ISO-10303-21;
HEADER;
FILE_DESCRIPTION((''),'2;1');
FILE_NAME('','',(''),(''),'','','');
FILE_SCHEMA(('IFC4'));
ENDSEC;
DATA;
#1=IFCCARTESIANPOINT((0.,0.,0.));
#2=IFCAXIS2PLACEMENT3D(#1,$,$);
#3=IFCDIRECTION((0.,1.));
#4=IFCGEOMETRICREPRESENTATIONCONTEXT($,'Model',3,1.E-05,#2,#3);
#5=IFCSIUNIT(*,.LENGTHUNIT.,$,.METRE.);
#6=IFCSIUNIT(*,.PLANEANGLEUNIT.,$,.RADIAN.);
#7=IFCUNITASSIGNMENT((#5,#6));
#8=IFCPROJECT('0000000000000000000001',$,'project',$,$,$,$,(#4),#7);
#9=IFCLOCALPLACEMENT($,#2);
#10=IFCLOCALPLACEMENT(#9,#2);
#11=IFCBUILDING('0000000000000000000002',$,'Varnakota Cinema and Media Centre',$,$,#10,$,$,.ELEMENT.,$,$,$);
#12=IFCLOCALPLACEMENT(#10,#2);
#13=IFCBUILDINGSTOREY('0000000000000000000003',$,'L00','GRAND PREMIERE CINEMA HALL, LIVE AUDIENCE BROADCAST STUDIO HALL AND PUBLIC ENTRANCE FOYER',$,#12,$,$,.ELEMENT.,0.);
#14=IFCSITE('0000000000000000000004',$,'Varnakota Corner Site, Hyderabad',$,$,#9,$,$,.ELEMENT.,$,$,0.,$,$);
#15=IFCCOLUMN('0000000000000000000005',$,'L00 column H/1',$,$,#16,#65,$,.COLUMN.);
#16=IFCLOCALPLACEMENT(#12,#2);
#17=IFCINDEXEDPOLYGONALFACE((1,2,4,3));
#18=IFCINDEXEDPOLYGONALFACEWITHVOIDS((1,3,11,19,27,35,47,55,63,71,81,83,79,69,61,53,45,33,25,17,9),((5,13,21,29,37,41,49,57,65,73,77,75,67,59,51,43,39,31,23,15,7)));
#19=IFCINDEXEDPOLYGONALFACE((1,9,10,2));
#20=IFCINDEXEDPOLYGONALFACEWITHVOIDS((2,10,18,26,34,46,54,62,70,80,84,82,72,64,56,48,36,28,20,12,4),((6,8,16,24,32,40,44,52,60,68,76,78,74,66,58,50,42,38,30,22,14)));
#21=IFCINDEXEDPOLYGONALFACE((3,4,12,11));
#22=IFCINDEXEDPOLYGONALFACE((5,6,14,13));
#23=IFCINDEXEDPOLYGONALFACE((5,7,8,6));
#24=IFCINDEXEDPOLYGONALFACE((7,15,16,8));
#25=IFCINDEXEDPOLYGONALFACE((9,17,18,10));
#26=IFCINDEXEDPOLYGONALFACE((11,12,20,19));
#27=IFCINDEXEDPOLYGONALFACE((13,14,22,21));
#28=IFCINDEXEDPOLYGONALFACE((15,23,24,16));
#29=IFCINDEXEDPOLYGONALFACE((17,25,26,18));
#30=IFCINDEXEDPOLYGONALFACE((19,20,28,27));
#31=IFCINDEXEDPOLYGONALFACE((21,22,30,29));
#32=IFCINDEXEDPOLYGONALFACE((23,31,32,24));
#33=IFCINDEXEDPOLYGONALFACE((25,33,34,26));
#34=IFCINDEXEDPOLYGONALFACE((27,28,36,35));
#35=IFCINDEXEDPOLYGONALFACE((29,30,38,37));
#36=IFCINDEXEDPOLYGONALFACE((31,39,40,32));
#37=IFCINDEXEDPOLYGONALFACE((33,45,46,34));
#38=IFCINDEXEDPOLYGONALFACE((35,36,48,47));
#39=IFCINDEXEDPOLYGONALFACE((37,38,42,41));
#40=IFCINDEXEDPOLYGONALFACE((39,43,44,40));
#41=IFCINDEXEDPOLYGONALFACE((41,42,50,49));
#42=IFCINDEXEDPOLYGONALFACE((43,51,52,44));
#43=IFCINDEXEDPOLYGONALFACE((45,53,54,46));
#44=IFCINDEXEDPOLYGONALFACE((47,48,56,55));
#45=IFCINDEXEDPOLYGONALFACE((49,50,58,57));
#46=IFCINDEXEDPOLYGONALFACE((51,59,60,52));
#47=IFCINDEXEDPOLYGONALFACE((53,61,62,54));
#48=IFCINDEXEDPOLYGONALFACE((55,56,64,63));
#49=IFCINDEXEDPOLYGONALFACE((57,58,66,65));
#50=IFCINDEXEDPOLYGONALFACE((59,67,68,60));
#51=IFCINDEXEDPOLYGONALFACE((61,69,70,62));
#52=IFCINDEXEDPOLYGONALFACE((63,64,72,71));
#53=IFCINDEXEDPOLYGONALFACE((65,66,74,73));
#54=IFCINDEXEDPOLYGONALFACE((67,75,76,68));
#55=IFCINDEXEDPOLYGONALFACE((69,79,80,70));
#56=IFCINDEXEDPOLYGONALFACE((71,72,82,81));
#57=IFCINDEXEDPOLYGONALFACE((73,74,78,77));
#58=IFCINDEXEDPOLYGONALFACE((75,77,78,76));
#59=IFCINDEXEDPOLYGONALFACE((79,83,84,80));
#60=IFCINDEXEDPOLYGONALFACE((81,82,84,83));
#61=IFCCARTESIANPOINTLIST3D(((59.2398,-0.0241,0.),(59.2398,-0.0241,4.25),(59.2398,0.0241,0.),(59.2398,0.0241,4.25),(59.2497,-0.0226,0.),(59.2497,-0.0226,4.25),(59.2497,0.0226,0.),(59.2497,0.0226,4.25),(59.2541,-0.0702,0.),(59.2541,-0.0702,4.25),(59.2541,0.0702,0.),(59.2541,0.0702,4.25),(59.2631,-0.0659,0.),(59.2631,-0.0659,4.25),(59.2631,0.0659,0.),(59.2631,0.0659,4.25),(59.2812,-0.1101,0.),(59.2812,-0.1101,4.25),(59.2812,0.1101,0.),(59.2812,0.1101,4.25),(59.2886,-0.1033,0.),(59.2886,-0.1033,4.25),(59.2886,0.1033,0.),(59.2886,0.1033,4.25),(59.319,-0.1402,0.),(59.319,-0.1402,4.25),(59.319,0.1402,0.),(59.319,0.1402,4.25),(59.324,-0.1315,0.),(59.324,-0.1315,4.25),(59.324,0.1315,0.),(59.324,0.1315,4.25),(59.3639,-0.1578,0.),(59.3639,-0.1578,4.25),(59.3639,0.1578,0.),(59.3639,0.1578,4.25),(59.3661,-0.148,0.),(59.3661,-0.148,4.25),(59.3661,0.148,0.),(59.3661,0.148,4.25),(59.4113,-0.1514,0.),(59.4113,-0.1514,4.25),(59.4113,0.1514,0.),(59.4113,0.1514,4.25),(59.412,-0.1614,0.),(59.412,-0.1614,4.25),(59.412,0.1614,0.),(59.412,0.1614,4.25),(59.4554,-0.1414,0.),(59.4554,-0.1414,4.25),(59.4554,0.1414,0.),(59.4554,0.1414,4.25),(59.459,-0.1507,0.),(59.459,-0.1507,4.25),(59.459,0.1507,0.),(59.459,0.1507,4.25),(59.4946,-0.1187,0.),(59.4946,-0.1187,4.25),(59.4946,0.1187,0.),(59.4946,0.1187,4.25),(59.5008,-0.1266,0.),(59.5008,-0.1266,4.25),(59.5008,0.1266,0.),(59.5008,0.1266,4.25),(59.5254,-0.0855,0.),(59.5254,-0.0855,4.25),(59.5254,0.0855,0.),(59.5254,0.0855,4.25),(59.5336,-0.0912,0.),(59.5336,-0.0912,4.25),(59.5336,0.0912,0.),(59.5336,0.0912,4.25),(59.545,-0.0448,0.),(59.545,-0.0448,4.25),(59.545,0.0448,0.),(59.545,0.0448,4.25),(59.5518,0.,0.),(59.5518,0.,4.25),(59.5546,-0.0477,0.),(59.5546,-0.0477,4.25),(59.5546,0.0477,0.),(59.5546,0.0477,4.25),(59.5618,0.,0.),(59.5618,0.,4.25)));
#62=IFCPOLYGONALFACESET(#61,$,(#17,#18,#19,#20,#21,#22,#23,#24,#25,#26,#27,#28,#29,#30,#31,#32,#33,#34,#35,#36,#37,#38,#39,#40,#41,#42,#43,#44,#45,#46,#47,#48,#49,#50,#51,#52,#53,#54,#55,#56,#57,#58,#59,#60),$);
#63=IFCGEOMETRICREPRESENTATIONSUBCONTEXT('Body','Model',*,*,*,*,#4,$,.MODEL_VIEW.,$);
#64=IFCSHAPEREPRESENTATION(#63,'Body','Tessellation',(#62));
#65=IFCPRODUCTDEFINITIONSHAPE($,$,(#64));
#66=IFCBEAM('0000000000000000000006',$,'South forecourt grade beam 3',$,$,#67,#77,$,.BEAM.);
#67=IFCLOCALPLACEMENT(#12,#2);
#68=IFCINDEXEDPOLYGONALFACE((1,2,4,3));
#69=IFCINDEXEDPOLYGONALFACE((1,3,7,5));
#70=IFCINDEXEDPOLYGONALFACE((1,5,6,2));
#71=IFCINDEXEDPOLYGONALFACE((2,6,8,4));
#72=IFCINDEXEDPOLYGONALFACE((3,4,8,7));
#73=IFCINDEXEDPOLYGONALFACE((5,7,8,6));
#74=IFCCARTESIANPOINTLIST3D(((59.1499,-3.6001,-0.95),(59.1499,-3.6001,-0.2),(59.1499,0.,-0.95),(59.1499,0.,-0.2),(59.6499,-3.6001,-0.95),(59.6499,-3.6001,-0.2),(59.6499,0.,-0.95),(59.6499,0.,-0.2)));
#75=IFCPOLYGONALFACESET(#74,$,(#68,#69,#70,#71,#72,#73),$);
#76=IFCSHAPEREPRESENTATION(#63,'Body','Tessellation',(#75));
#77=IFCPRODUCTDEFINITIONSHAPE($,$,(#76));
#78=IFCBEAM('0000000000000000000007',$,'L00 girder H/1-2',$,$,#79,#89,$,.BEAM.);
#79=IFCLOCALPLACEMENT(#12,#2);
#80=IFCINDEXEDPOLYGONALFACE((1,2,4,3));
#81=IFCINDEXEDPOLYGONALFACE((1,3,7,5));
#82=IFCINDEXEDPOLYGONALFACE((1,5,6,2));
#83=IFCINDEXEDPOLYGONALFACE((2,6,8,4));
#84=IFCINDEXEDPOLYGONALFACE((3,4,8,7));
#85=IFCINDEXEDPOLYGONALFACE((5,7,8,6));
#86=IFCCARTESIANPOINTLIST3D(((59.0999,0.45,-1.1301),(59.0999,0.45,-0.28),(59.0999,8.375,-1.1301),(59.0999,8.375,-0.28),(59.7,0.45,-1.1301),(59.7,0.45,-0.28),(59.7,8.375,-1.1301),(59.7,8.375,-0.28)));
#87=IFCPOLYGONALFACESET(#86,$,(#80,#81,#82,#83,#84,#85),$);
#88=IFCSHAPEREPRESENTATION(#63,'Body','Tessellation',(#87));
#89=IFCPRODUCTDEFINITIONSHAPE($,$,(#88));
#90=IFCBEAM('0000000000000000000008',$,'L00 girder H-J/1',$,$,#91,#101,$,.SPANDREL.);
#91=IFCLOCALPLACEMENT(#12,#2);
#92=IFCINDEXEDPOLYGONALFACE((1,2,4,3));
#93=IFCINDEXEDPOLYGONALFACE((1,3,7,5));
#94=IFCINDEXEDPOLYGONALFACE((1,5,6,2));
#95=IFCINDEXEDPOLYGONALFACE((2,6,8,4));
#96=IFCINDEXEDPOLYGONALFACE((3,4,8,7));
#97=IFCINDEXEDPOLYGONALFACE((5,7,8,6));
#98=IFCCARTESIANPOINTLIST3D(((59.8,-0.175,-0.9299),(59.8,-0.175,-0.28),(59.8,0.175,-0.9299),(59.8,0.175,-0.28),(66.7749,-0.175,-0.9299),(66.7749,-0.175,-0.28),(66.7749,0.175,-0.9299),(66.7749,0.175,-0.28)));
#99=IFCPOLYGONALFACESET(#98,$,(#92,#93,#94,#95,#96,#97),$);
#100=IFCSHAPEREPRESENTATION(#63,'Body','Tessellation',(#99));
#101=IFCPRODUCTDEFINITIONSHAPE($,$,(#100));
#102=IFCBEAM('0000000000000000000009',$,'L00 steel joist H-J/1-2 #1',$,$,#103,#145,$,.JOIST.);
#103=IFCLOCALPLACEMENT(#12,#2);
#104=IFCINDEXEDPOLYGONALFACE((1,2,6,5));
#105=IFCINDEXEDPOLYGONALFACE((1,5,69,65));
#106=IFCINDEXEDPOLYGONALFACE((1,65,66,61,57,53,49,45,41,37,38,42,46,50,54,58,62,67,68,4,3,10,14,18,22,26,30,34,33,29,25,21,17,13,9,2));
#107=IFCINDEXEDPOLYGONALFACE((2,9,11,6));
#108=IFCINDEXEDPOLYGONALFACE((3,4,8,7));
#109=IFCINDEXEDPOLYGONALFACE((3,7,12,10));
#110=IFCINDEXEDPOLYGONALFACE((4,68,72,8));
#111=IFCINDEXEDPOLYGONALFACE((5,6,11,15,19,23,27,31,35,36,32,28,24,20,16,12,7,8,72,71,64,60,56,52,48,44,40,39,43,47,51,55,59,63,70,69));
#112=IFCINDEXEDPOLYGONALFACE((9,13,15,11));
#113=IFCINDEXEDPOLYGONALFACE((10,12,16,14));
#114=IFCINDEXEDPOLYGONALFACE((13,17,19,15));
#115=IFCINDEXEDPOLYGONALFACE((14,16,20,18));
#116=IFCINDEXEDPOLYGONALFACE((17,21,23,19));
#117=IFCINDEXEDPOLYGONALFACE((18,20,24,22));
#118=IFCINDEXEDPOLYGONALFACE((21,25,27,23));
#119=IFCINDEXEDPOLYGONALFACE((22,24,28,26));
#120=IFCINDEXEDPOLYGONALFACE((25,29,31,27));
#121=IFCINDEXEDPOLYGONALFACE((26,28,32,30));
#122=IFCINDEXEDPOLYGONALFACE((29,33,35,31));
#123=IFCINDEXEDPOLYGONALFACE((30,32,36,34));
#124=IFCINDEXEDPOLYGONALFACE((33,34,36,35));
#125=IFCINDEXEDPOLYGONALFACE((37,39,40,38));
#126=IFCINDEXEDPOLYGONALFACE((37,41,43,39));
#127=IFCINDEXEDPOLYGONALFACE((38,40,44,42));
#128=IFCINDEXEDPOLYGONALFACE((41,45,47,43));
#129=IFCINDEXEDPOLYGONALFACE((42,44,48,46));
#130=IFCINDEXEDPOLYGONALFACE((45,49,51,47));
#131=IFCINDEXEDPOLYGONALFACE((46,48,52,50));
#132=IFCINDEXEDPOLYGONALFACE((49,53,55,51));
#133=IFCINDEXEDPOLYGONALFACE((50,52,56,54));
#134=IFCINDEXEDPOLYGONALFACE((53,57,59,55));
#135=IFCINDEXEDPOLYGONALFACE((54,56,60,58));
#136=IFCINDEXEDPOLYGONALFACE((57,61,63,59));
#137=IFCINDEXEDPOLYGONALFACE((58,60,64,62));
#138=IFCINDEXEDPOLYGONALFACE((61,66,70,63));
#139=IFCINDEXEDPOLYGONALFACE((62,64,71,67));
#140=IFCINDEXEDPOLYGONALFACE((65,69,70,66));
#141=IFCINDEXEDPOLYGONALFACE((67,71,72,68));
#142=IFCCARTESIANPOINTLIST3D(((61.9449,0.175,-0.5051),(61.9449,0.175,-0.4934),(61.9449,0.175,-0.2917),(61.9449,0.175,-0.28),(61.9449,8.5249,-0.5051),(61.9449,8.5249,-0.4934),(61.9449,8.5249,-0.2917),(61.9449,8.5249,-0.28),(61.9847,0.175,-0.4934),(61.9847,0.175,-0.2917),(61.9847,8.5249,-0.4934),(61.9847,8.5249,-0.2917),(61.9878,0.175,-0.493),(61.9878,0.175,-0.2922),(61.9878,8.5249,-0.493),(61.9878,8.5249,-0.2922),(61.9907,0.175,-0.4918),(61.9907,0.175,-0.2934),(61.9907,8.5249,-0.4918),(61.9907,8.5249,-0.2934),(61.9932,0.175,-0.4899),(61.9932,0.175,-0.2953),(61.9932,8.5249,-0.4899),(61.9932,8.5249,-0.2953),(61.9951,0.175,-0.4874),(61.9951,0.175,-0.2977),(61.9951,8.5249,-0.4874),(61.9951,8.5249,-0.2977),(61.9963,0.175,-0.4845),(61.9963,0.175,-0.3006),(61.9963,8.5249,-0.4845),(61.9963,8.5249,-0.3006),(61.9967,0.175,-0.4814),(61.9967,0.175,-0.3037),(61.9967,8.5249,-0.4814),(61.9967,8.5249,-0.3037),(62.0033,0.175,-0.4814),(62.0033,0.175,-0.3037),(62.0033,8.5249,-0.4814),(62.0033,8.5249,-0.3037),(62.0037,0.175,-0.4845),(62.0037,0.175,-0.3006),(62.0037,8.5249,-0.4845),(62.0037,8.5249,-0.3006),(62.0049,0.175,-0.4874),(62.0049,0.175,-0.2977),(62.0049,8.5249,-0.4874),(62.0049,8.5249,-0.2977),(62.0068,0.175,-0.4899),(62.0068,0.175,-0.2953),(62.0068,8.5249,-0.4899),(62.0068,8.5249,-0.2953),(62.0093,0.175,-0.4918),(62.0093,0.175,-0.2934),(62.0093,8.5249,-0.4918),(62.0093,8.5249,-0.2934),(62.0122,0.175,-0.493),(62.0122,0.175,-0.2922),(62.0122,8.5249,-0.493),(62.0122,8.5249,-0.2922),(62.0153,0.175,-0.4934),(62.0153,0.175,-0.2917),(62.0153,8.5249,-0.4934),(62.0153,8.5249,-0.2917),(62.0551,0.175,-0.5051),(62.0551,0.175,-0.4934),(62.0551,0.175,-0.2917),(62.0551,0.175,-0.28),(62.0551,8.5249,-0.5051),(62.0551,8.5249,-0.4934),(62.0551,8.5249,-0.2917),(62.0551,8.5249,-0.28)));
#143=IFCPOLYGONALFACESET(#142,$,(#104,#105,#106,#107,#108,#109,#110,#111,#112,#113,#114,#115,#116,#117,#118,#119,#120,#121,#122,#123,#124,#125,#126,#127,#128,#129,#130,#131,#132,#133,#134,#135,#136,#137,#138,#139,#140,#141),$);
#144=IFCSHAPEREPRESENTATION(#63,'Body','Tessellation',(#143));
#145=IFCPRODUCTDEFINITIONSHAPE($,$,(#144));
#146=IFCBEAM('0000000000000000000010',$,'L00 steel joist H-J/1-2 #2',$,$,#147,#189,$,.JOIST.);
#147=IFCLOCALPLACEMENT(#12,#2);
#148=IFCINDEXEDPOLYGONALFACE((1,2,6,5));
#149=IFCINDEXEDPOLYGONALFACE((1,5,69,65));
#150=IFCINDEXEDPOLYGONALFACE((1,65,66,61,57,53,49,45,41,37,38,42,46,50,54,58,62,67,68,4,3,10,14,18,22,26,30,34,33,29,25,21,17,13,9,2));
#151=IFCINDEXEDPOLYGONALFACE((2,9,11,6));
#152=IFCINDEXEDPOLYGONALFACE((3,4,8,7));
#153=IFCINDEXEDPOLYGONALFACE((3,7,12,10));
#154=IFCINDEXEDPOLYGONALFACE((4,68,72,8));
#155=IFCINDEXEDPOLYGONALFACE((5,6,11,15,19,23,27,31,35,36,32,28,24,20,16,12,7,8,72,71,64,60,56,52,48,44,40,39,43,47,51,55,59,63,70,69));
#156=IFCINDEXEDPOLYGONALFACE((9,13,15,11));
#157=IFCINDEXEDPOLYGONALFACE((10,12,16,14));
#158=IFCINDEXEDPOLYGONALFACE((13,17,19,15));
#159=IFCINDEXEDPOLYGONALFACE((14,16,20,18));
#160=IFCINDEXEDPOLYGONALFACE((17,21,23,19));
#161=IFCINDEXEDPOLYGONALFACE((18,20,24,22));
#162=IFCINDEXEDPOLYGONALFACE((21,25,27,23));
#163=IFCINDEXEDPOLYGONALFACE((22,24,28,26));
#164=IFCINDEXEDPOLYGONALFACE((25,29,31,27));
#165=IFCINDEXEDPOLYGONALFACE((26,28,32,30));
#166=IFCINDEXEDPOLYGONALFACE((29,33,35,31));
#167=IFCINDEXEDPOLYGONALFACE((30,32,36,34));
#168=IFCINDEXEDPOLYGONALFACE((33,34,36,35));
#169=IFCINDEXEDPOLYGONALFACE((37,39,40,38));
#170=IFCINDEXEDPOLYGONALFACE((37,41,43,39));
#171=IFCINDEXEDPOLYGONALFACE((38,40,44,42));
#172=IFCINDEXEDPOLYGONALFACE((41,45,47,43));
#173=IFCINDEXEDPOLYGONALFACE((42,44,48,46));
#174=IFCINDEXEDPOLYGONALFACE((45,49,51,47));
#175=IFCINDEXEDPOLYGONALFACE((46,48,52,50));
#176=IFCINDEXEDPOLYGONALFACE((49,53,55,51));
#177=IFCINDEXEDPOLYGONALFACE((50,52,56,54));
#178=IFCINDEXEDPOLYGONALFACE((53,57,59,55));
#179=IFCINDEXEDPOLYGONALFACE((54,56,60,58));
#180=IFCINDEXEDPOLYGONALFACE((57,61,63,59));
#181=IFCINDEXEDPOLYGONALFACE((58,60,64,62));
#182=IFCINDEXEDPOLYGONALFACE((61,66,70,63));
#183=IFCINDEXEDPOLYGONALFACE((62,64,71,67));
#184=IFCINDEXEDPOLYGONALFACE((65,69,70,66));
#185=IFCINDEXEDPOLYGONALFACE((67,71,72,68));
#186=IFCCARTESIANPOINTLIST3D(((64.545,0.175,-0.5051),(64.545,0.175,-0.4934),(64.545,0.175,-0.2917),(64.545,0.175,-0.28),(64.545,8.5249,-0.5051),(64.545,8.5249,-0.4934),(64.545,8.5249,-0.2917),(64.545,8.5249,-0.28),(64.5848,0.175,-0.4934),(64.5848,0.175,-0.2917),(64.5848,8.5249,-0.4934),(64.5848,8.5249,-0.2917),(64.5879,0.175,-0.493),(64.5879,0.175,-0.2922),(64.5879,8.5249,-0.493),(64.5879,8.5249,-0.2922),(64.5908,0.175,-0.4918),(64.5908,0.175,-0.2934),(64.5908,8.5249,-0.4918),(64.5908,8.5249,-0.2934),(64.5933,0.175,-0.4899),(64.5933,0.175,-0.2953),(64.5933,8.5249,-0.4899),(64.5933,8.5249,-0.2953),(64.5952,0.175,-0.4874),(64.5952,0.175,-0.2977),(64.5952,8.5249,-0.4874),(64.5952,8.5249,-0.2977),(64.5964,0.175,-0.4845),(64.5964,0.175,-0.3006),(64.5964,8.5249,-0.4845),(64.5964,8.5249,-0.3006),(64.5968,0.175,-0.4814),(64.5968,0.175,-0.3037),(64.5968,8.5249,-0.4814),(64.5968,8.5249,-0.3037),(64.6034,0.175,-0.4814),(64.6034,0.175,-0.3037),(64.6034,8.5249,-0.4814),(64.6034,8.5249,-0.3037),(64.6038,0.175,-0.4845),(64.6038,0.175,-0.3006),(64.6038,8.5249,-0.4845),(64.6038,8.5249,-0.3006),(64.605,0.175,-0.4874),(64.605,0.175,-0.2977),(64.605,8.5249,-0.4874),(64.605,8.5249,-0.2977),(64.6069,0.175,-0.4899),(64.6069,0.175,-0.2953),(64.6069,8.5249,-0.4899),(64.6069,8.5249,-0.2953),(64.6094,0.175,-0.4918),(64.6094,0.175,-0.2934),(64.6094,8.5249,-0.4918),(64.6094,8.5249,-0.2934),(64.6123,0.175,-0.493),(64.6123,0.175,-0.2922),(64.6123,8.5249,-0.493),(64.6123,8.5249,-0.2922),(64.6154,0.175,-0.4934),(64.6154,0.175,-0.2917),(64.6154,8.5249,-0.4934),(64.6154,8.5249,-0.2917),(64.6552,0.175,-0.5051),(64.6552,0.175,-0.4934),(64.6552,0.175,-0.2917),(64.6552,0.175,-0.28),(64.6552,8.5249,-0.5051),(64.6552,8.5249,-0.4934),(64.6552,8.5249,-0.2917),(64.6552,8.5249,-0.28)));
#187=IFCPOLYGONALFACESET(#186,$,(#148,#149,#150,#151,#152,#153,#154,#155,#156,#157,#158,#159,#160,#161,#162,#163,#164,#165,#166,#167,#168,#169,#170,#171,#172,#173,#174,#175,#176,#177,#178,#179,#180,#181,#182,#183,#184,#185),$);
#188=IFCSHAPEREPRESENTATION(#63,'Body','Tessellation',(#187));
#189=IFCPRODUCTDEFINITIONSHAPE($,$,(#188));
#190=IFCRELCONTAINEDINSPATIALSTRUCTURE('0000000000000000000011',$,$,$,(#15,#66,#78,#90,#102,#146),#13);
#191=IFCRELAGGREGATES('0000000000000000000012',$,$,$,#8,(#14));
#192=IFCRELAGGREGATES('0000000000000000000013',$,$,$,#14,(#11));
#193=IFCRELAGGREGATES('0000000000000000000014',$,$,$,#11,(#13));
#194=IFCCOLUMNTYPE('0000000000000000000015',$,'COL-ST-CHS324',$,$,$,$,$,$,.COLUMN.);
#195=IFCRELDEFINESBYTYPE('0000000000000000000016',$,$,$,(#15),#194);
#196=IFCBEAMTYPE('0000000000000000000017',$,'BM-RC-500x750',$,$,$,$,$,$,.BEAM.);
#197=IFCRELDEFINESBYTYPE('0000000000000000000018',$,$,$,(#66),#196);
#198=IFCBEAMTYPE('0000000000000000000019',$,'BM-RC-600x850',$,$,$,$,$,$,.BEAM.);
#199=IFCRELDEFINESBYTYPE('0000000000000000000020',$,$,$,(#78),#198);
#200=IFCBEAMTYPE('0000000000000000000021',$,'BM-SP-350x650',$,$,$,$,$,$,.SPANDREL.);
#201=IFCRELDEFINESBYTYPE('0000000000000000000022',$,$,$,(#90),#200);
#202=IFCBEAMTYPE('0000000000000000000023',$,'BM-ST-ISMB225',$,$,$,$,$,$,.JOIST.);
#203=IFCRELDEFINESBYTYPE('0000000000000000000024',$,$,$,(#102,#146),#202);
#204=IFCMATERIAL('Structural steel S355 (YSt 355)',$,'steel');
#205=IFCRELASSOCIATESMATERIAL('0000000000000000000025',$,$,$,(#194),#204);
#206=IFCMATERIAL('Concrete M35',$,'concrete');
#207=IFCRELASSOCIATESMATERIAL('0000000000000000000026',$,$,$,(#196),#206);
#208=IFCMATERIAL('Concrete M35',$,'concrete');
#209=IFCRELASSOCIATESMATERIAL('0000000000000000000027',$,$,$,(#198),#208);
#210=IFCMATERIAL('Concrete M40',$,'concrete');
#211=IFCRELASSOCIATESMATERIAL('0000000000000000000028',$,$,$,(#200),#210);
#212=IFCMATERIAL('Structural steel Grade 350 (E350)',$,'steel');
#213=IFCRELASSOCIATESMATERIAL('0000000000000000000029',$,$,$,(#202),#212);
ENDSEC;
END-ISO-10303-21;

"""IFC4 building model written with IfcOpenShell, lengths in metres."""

from ifc_helpers import new_model, si_unit, direction, frame, origin, origin_2d, place, context, subcontext, project, spatial, rectangle, hollow_circle, i_section, extrude, material, material_profile, profile_set, type_object, element, save


model = new_model("IFC4")

# Units and contexts
model_context = context("Model", 3, precision=1e-05, world=origin(), true_north=direction((0.0, 1.0)))
body_context = subcontext(model_context, "Body", "Model", "MODEL_VIEW")
ifc_project = project(units=[si_unit("LENGTHUNIT", "METRE"), si_unit("PLANEANGLEUNIT", "RADIAN")], contexts=[model_context])

# Site, building, storey
site_placement = place(None, origin())
site = spatial("IfcSite", under=ifc_project, at=site_placement, Name="Varnakota Corner Site, Hyderabad", CompositionType="ELEMENT", RefElevation=0.0)
building_placement = place(site_placement, origin())
building = spatial("IfcBuilding", under=site, at=building_placement, Name="Varnakota Cinema and Media Centre", CompositionType="ELEMENT")
storey_placement = place(building_placement, origin())
storey = spatial("IfcBuildingStorey", under=building, at=storey_placement, Name="L00", Description="GRAND PREMIERE CINEMA HALL, LIVE AUDIENCE BROADCAST STUDIO HALL AND PUBLIC ENTRANCE FOYER", CompositionType="ELEMENT", Elevation=0.0)

# Column
ifc_material_1 = material(Name="Structural steel S355 (YSt 355)", Category="steel")
ifc_material_profile_1 = material_profile(ifc_material_1, hollow_circle(Radius=0.1619, WallThickness=0.01, at=origin_2d()), Name="CHS 323.9x10.0")
ifc_profile_set_1 = profile_set([ifc_material_profile_1], Name="Structural steel S355 (YSt 355)")
column_type = type_object("IfcColumnType", Name="COL-ST-CHS324", PredefinedType="COLUMN", material=ifc_profile_set_1)
column_placement = place(storey_placement, frame((59.3999, 0.0, 0.0), z_axis=(0.0, 0.0, 1.0), x_axis=(1.0, 0.0, 0.0)))
element("IfcColumn", 1, at=column_placement, inside=storey, type_object=column_type, Name="L00 column H/1", PredefinedType="COLUMN", context=body_context, shape_type="SweptSolid", body=[
    extrude(hollow_circle(Radius=0.1619, WallThickness=0.01, at=origin_2d()), origin(), (0.0, 0.0, 1.0), 4.25),
])

# Beams
ifc_material_2 = material(Name="Concrete M35", Category="concrete")
ifc_material_profile_2 = material_profile(ifc_material_2, rectangle(XDim=0.5, YDim=0.75, at=origin_2d()), Name="RCB 500x750")
ifc_profile_set_2 = profile_set([ifc_material_profile_2], Name="Concrete M35")
beam_type_1 = type_object("IfcBeamType", Name="BM-RC-500x750", PredefinedType="BEAM", material=ifc_profile_set_2)
beam_1_placement = place(storey_placement, frame((59.3999, 0.0, -0.575), z_axis=(0.0, -1.0, 0.0), x_axis=(1.0, 0.0, 0.0)))
element("IfcBeam", 2, at=beam_1_placement, inside=storey, type_object=beam_type_1, Name="South forecourt grade beam 3", PredefinedType="BEAM", context=body_context, shape_type="SweptSolid", body=[
    extrude(rectangle(XDim=0.5, YDim=0.75, at=origin_2d()), origin(), (0.0, 0.0, 1.0), 3.6001),
])
ifc_material_3 = material(Name="Concrete M35", Category="concrete")
ifc_material_profile_3 = material_profile(ifc_material_3, rectangle(XDim=0.6001, YDim=0.8501, at=origin_2d()), Name="RCB 600x850")
ifc_profile_set_3 = profile_set([ifc_material_profile_3], Name="Concrete M35")
beam_type_2 = type_object("IfcBeamType", Name="BM-RC-600x850", PredefinedType="BEAM", material=ifc_profile_set_3)
beam_2_placement = place(storey_placement, frame((59.3999, 0.45, -0.7051), z_axis=(0.0, 1.0, 0.0), x_axis=(-1.0, 0.0, 0.0)))
element("IfcBeam", 3, at=beam_2_placement, inside=storey, type_object=beam_type_2, Name="L00 girder H/1-2", PredefinedType="BEAM", context=body_context, shape_type="SweptSolid", body=[
    extrude(rectangle(XDim=0.6001, YDim=0.8501, at=origin_2d()), origin(), (0.0, 0.0, 1.0), 7.925),
])
ifc_material_4 = material(Name="Concrete M40", Category="concrete")
ifc_material_profile_4 = material_profile(ifc_material_4, rectangle(XDim=0.3501, YDim=0.6499, at=origin_2d()), Name="RCB 350x650")
ifc_profile_set_4 = profile_set([ifc_material_profile_4], Name="Concrete M40")
beam_type_3 = type_object("IfcBeamType", Name="BM-SP-350x650", PredefinedType="SPANDREL", material=ifc_profile_set_4)
beam_3_placement = place(storey_placement, frame((59.8, 0.0, -0.605), z_axis=(1.0, 0.0, 0.0), x_axis=(0.0, 1.0, 0.0)))
element("IfcBeam", 4, at=beam_3_placement, inside=storey, type_object=beam_type_3, Name="L00 girder H-J/1", PredefinedType="SPANDREL", context=body_context, shape_type="SweptSolid", body=[
    extrude(rectangle(XDim=0.3501, YDim=0.6499, at=origin_2d()), origin(), (0.0, 0.0, 1.0), 6.9749),
])
ifc_material_5 = material(Name="Structural steel Grade 350 (E350)", Category="steel")
ifc_material_profile_5 = material_profile(ifc_material_5, i_section(OverallWidth=0.1101, OverallDepth=0.2251, WebThickness=0.0066, FlangeThickness=0.0117, FilletRadius=0.012, at=origin_2d()), Name="ISMB 225")
ifc_profile_set_5 = profile_set([ifc_material_profile_5], Name="Structural steel Grade 350 (E350)")
beam_type_4 = type_object("IfcBeamType", Name="BM-ST-ISMB225", PredefinedType="JOIST", material=ifc_profile_set_5)
for number, where, z_axis, x_axis, name in (
    (5, (62.0, 0.175, -0.3926), (0.0, 1.0, 0.0), (-1.0, 0.0, 0.0), "L00 steel joist H-J/1-2 #1"),
    (6, (64.6001, 0.175, -0.3926), (0.0, 1.0, 0.0), (-1.0, 0.0, 0.0), "L00 steel joist H-J/1-2 #2"),
):
    element("IfcBeam", number, at=place(storey_placement, frame(where, z_axis=z_axis, x_axis=x_axis)), inside=storey, type_object=beam_type_4, Name=name, PredefinedType="JOIST", context=body_context, shape_type="SweptSolid", body=[
        extrude(i_section(OverallWidth=0.1101, OverallDepth=0.2251, WebThickness=0.0066, FlangeThickness=0.0117, FilletRadius=0.012, at=origin_2d()), origin(), (0.0, 0.0, 1.0), 8.3499),
    ])

save(model, "model.ifc")
